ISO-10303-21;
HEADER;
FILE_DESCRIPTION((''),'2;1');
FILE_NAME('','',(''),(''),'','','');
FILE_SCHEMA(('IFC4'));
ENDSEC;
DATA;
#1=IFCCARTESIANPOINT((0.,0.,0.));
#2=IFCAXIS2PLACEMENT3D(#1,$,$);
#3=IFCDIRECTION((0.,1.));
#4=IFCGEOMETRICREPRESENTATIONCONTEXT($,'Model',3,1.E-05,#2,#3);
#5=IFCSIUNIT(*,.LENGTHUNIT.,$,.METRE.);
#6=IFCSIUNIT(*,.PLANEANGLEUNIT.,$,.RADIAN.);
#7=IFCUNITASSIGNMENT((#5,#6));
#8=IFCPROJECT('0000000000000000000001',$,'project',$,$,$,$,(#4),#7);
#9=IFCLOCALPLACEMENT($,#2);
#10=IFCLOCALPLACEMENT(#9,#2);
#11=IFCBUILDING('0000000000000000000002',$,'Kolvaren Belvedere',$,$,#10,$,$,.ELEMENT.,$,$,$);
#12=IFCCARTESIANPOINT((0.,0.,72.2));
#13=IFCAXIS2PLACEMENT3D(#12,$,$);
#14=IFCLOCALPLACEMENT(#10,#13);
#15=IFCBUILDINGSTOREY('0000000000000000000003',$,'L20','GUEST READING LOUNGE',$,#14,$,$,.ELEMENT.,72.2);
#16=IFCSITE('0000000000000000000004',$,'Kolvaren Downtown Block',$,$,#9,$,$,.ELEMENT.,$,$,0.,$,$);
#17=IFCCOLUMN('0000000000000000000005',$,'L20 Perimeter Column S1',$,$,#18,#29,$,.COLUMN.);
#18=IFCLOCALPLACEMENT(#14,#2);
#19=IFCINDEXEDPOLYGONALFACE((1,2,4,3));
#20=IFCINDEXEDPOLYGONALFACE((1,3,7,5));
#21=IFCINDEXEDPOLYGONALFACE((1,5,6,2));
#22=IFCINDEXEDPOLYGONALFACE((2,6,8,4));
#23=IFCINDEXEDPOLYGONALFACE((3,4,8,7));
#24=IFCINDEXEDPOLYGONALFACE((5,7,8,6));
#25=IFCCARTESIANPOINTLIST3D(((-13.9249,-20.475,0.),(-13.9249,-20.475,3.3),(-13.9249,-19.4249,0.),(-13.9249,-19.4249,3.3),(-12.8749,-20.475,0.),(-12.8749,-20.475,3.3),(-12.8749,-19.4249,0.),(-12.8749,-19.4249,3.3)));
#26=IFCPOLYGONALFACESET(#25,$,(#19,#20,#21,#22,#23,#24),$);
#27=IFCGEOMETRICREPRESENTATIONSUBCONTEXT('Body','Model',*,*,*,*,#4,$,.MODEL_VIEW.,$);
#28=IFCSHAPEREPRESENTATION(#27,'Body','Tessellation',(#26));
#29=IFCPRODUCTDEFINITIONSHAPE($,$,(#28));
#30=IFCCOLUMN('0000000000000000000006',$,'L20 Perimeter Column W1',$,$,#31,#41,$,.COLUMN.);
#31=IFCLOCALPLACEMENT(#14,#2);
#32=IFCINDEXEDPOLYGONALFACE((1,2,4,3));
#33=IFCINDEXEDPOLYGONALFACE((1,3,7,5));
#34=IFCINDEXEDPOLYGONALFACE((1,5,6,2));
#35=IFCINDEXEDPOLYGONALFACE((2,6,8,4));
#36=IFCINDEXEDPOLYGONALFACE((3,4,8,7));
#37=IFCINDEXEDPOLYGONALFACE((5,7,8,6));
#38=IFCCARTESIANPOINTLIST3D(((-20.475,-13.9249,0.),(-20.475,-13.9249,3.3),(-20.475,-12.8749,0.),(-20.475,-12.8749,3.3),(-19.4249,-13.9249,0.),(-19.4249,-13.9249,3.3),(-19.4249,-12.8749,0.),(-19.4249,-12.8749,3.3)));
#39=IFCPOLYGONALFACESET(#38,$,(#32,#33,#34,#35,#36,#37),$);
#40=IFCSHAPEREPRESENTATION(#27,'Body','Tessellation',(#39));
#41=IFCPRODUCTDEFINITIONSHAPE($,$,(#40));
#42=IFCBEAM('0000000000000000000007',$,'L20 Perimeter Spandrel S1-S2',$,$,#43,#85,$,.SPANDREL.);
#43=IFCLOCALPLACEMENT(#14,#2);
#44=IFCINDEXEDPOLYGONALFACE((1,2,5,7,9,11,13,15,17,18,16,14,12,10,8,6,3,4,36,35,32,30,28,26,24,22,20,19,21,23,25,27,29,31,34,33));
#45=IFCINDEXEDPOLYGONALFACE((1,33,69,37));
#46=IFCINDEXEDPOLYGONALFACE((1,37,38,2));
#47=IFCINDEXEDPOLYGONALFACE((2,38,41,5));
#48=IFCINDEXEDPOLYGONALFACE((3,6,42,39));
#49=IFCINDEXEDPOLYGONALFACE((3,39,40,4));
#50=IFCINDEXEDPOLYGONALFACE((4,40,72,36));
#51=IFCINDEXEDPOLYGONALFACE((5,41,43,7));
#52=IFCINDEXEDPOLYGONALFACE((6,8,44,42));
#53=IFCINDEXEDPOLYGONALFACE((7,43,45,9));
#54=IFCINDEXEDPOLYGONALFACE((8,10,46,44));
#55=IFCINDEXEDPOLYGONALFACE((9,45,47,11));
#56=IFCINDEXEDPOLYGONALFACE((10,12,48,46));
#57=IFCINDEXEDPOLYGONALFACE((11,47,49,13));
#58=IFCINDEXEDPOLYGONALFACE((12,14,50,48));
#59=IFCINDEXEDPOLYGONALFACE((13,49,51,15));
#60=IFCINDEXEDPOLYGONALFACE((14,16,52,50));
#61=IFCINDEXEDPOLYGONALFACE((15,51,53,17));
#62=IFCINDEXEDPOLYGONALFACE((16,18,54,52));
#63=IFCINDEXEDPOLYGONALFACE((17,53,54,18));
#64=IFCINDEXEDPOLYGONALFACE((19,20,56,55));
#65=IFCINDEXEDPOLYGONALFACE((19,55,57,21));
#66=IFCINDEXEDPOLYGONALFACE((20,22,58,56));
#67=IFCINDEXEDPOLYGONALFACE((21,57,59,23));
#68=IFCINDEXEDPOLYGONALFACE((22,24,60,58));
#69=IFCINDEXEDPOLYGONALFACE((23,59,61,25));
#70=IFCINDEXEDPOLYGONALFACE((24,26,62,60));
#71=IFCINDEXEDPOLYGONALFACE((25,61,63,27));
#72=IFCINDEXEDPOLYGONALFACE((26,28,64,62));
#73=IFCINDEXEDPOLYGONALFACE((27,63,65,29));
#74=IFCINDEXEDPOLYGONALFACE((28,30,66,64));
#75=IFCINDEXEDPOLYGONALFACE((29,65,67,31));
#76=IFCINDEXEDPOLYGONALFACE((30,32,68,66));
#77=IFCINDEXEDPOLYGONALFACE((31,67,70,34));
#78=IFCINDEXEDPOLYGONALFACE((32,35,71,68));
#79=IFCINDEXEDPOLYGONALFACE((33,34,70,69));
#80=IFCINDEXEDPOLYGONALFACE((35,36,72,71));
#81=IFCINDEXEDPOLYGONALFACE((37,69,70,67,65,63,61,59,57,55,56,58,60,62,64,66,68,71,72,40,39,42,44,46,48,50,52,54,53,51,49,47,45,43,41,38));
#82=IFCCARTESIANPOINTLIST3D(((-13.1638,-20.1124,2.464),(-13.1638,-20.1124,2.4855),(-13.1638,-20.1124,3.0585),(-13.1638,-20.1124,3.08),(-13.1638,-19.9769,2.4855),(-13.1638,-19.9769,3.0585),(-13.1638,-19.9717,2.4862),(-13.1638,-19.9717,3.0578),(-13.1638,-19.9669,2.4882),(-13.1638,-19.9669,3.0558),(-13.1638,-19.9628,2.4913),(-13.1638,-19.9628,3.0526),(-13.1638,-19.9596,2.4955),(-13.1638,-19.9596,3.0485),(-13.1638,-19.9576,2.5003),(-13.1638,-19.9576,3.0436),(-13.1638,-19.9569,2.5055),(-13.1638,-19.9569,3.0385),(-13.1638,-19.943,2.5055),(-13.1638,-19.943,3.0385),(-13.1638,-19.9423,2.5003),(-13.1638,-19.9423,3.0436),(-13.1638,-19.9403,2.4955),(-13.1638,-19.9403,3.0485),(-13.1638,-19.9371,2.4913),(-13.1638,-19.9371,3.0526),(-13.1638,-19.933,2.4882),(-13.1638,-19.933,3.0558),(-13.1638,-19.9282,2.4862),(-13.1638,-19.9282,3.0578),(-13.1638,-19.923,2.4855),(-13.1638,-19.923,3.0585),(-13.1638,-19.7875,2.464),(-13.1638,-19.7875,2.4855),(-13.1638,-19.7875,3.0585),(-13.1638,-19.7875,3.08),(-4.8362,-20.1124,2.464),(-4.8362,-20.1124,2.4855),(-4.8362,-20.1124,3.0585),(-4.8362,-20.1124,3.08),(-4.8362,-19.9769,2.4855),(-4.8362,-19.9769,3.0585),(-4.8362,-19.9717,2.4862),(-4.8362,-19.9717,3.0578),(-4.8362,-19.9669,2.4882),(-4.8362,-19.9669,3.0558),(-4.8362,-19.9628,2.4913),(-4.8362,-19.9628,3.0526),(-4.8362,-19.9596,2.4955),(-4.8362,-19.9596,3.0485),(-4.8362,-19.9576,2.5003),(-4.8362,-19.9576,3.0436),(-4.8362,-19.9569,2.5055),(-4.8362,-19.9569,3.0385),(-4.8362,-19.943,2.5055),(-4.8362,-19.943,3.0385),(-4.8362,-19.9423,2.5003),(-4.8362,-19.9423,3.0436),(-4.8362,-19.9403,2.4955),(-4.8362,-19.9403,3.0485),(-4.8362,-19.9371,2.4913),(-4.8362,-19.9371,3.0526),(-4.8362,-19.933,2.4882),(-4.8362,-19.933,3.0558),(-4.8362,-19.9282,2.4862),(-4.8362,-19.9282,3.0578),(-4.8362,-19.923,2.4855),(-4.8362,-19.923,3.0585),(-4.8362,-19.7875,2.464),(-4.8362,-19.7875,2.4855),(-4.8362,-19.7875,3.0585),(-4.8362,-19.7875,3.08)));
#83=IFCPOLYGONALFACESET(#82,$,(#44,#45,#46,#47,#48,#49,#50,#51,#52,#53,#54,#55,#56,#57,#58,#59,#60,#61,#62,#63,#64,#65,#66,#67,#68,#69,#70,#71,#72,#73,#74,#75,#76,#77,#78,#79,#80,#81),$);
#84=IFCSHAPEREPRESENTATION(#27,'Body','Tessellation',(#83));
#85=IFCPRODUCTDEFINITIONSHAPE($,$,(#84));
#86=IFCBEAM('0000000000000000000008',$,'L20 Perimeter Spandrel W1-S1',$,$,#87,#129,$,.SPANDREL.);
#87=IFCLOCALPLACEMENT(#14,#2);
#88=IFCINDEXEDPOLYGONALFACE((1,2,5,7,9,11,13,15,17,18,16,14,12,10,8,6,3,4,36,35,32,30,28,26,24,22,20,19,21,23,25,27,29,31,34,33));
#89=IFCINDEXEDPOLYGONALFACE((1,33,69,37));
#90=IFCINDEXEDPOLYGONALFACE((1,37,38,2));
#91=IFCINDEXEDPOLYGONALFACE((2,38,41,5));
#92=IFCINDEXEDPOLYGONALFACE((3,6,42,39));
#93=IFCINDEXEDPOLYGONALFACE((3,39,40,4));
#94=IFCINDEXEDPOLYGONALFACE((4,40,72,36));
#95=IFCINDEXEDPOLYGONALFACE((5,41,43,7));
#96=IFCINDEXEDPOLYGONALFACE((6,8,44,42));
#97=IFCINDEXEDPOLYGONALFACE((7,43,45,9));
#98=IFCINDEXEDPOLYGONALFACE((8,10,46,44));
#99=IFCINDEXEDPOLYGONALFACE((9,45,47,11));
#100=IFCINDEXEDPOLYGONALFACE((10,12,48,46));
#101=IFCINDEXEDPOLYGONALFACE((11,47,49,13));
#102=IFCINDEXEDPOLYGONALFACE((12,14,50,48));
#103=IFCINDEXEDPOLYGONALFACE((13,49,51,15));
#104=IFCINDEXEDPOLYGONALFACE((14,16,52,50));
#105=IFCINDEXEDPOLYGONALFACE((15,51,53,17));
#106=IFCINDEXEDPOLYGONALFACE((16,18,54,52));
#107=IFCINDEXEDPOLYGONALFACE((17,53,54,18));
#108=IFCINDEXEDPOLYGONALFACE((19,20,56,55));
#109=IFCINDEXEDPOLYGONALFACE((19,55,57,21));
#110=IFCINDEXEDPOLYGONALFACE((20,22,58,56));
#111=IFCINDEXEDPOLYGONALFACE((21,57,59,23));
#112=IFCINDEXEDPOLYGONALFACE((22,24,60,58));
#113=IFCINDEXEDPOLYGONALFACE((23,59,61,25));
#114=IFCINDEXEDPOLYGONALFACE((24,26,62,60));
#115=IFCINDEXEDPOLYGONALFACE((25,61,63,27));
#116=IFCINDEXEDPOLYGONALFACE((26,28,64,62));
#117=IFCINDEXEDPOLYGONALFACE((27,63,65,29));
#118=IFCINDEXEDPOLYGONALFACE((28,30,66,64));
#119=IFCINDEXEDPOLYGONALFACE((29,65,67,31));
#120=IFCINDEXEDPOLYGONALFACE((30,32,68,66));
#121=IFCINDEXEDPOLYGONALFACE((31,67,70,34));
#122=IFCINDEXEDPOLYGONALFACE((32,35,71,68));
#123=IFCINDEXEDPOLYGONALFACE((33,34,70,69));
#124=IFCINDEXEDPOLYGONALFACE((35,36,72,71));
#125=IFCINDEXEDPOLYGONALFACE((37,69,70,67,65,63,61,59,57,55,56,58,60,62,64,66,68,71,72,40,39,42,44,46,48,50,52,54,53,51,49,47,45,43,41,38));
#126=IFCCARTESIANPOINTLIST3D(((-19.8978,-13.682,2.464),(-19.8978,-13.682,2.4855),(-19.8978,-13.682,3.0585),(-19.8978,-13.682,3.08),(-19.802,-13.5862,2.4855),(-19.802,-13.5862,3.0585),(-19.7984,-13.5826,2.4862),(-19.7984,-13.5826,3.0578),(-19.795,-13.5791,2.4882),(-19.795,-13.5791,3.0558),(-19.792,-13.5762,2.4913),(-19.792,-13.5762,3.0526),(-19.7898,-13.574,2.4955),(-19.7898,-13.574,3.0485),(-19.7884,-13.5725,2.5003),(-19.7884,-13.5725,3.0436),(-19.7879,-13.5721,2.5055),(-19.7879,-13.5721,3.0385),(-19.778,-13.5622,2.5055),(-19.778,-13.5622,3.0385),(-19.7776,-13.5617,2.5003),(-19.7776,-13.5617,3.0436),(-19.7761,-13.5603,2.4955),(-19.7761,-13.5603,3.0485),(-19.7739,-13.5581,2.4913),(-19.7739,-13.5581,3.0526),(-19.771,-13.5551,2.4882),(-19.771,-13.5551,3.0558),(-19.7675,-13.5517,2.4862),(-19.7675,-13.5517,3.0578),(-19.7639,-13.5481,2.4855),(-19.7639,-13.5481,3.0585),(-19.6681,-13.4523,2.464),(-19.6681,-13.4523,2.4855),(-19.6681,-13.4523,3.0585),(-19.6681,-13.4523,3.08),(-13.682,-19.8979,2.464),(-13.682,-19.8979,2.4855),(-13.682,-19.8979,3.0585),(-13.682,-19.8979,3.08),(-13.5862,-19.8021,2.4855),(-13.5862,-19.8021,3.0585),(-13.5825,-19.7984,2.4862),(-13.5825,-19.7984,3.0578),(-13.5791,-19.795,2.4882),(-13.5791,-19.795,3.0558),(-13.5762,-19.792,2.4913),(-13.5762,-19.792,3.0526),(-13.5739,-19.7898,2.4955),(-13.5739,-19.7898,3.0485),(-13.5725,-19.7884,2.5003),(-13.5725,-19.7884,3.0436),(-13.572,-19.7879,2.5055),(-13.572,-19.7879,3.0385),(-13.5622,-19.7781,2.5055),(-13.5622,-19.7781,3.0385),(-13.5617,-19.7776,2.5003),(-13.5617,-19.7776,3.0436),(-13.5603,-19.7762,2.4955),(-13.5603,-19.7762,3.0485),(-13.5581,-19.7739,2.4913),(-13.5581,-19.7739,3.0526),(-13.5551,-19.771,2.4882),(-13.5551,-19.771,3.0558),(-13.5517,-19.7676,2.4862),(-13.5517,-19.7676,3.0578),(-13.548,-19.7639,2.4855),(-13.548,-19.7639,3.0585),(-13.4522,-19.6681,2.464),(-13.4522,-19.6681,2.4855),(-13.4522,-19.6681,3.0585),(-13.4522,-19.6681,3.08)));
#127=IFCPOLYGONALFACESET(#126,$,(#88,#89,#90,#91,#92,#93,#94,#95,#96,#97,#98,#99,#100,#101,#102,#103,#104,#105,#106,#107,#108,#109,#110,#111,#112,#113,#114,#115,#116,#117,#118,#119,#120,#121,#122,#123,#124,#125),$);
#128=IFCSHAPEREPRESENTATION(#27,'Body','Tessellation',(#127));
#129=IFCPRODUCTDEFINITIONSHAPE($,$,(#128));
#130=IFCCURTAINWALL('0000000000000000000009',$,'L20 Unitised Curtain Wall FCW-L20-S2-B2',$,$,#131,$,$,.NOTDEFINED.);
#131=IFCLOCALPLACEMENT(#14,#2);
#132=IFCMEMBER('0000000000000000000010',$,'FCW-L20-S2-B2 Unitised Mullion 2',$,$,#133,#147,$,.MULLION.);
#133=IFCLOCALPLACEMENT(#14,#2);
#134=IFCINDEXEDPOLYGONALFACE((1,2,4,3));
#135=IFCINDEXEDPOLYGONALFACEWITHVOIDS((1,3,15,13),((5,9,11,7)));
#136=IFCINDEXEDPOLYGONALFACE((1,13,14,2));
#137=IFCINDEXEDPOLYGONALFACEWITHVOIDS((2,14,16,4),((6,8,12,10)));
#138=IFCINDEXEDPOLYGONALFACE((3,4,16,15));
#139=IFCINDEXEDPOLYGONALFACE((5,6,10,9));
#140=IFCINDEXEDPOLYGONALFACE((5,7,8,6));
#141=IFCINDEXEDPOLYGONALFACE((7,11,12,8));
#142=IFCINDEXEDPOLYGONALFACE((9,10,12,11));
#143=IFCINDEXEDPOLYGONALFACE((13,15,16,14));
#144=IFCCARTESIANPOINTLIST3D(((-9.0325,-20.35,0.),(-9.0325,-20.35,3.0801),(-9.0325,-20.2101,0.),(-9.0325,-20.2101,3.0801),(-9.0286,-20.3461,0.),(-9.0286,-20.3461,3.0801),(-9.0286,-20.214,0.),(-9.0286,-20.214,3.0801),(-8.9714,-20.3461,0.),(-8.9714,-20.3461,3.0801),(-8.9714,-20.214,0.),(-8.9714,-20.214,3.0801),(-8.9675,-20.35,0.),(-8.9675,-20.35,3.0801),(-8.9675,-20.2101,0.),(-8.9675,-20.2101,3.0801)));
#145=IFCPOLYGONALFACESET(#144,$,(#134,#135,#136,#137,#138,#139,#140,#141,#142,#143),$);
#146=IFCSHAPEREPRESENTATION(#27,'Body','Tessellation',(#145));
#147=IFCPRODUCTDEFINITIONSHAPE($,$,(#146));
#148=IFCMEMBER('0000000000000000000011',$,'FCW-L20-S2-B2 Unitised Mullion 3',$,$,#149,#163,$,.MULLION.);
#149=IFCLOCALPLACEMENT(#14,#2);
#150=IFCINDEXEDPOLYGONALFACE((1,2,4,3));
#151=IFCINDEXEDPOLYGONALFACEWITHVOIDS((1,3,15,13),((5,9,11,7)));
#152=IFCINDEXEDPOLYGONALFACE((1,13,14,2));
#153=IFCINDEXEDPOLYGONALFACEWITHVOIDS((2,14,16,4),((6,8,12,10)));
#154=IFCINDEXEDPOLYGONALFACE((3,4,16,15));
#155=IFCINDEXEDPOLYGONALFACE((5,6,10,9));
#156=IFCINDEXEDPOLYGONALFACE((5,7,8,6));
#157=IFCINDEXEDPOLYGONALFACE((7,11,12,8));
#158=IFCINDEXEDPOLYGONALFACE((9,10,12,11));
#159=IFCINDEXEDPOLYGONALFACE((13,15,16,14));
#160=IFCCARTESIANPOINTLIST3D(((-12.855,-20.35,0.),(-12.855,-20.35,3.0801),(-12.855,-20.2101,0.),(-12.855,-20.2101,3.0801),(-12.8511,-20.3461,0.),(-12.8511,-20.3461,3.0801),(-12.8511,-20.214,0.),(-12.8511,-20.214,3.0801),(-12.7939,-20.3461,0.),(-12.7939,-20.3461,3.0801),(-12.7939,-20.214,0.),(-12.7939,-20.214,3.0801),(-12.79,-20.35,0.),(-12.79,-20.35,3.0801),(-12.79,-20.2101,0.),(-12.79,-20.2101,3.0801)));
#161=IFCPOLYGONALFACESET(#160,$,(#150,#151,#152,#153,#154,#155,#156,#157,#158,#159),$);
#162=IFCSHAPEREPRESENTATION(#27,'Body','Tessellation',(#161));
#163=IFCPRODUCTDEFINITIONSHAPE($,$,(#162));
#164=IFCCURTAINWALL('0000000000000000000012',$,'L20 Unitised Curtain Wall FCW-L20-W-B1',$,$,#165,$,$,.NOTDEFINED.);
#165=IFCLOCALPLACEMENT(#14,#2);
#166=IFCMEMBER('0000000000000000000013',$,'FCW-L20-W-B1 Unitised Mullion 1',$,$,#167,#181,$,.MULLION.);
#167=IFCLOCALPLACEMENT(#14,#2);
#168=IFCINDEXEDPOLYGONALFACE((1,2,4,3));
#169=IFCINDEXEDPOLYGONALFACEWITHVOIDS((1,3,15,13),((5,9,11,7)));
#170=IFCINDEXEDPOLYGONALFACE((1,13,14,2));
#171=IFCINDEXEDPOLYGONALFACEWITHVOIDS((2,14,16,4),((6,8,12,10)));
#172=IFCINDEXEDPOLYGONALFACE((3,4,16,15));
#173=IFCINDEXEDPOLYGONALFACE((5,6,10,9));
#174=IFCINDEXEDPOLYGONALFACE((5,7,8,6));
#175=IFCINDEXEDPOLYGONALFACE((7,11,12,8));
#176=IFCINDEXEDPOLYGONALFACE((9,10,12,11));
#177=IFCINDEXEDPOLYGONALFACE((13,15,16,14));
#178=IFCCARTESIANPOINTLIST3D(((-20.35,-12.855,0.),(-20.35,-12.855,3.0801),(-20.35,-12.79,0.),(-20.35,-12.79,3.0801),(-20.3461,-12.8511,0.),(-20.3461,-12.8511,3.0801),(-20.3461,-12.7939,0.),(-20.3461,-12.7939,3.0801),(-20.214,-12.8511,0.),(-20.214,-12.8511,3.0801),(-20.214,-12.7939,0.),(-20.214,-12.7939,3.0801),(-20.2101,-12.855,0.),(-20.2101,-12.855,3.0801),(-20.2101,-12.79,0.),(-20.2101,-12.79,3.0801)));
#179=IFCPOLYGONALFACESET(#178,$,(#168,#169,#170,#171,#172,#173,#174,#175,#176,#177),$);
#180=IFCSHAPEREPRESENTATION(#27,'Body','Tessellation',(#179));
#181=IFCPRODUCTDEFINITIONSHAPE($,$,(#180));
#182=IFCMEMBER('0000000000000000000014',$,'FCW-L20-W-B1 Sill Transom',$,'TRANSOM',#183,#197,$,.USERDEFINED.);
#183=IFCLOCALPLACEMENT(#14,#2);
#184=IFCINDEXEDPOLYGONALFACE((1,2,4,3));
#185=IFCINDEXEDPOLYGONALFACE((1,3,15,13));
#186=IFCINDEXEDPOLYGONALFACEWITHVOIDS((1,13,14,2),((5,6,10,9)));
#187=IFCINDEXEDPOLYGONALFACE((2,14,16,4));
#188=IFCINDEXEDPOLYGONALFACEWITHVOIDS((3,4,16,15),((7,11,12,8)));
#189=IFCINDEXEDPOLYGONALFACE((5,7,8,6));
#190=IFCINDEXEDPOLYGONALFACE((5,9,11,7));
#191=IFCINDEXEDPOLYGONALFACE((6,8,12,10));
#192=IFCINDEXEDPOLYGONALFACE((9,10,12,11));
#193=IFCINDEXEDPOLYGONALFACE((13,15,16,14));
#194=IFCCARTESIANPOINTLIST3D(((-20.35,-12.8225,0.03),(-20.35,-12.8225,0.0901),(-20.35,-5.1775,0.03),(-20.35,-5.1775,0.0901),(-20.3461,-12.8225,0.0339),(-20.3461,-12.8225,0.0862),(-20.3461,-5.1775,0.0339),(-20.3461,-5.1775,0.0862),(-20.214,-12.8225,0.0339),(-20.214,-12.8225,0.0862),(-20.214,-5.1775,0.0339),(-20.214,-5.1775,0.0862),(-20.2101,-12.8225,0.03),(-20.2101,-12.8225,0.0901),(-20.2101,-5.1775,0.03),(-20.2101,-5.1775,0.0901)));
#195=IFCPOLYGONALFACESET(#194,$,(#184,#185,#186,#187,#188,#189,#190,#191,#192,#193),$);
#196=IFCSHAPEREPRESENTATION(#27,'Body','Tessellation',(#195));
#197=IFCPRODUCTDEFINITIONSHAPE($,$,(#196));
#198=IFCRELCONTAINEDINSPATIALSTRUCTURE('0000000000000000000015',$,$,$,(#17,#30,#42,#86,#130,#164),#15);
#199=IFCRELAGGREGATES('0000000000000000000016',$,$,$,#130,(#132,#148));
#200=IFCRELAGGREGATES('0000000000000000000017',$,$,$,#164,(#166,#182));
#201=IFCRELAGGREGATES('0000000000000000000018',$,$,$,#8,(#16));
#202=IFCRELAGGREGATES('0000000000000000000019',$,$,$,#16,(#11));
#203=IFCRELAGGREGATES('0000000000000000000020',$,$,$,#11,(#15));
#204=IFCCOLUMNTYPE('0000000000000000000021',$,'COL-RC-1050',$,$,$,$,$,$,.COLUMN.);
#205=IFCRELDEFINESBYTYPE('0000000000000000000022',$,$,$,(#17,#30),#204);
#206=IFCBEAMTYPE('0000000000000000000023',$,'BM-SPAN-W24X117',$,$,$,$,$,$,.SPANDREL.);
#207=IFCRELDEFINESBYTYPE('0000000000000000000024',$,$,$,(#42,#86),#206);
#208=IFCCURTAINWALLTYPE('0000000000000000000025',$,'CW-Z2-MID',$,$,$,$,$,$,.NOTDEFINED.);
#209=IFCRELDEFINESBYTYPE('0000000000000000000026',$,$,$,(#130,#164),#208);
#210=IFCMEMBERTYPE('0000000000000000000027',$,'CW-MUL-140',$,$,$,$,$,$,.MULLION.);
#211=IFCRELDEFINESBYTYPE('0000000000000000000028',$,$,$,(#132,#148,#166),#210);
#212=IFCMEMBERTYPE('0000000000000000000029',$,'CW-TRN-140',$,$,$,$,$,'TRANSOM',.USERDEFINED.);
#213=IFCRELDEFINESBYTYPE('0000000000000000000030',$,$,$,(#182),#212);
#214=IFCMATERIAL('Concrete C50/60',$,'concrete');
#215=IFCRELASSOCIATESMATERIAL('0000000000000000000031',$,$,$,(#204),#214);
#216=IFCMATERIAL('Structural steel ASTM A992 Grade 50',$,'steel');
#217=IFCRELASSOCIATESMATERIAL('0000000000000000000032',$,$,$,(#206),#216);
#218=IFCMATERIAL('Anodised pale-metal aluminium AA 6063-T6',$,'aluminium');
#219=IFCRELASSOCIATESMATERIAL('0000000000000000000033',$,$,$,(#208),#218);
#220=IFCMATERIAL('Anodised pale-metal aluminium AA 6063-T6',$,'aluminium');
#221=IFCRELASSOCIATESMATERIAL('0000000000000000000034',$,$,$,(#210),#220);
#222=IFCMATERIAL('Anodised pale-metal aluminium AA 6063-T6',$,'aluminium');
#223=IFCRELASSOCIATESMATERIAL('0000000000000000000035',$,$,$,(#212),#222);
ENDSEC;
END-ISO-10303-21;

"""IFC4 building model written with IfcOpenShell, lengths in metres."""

from ifc_helpers import new_model, si_unit, direction, frame, origin, origin_2d, place, context, subcontext, project, spatial, rectangle, hollow_rectangle, i_section, extrude, material, material_profile, profile_set, type_object, element, aggregate, save


model = new_model("IFC4")

# Units and contexts
model_context = context("Model", 3, precision=1e-05, world=origin(), true_north=direction((0.0, 1.0)))
body_context = subcontext(model_context, "Body", "Model", "MODEL_VIEW")
ifc_project = project(units=[si_unit("LENGTHUNIT", "METRE"), si_unit("PLANEANGLEUNIT", "RADIAN")], contexts=[model_context])

# Site, building, storey
site_placement = place(None, origin())
site = spatial("IfcSite", under=ifc_project, at=site_placement, Name="Kolvaren Downtown Block", CompositionType="ELEMENT", RefElevation=0.0)
building_placement = place(site_placement, origin())
building = spatial("IfcBuilding", under=site, at=building_placement, Name="Kolvaren Belvedere", CompositionType="ELEMENT")
storey_placement = place(building_placement, frame((0.0, 0.0, 72.2)))
storey = spatial("IfcBuildingStorey", under=building, at=storey_placement, Name="L20", Description="GUEST READING LOUNGE", CompositionType="ELEMENT", Elevation=72.2)

# Columns
ifc_material_1 = material(Name="Concrete C50/60", Category="concrete")
ifc_material_profile_1 = material_profile(ifc_material_1, rectangle(XDim=1.05, YDim=1.05, at=origin_2d()), Name="RC 1050X1050")
ifc_profile_set_1 = profile_set([ifc_material_profile_1], Name="Concrete C50/60")
column_type = type_object("IfcColumnType", Name="COL-RC-1050", PredefinedType="COLUMN", material=ifc_profile_set_1)
for number, where, z_axis, x_axis, name in (
    (1, (-13.3999, -19.95, 0.0), (0.0, 0.0, 1.0), (1.0, 0.0, 0.0), "L20 Perimeter Column S1"),
    (2, (-19.95, -13.3999, 0.0), (0.0, 0.0, 1.0), (1.0, 0.0, 0.0), "L20 Perimeter Column W1"),
):
    element("IfcColumn", number, at=place(storey_placement, frame(where, z_axis=z_axis, x_axis=x_axis)), inside=storey, type_object=column_type, Name=name, PredefinedType="COLUMN", context=body_context, shape_type="SweptSolid", body=[
        extrude(rectangle(XDim=1.05, YDim=1.05, at=origin_2d()), origin(), (0.0, 0.0, 1.0), 3.3),
    ])

# Beams
ifc_material_2 = material(Name="Structural steel ASTM A992 Grade 50", Category="steel")
ifc_material_profile_2 = material_profile(ifc_material_2, i_section(OverallWidth=0.325, OverallDepth=0.616, WebThickness=0.0139, FlangeThickness=0.0215, FilletRadius=0.02, at=origin_2d()), Name="W24X117")
ifc_profile_set_2 = profile_set([ifc_material_profile_2], Name="Structural steel ASTM A992 Grade 50")
beam_type = type_object("IfcBeamType", Name="BM-SPAN-W24X117", PredefinedType="SPANDREL", material=ifc_profile_set_2)
beam_1_placement = place(storey_placement, frame((-13.1638, -19.95, 2.772), z_axis=(1.0, 0.0, 0.0), x_axis=(0.0, 1.0, 0.0)))
element("IfcBeam", 3, at=beam_1_placement, inside=storey, type_object=beam_type, Name="L20 Perimeter Spandrel S1-S2", PredefinedType="SPANDREL", context=body_context, shape_type="SweptSolid", body=[
    extrude(i_section(OverallWidth=0.325, OverallDepth=0.616, WebThickness=0.0139, FlangeThickness=0.0215, FilletRadius=0.02, at=origin_2d()), origin(), (0.0, 0.0, 1.0), 8.3276),
])
beam_2_placement = place(storey_placement, frame((-19.783, -13.5671, 2.772), z_axis=(0.707107, -0.707107, 0.0), x_axis=(0.707107, 0.707107, 0.0)))
element("IfcBeam", 4, at=beam_2_placement, inside=storey, type_object=beam_type, Name="L20 Perimeter Spandrel W1-S1", PredefinedType="SPANDREL", context=body_context, shape_type="SweptSolid", body=[
    extrude(i_section(OverallWidth=0.325, OverallDepth=0.616, WebThickness=0.0139, FlangeThickness=0.0215, FilletRadius=0.02, at=origin_2d()), origin(), (0.0, 0.0, 1.0), 8.7905),
])

# Curtain walls, members
ifc_material_3 = material(Name="Anodised pale-metal aluminium AA 6063-T6", Category="aluminium")
curtain_wall_type = type_object("IfcCurtainWallType", Name="CW-Z2-MID", PredefinedType="NOTDEFINED", material=ifc_material_3)
curtain_wall_1_placement = place(storey_placement, origin())
curtain_wall_1 = element("IfcCurtainWall", 5, at=curtain_wall_1_placement, inside=storey, type_object=curtain_wall_type, Name="L20 Unitised Curtain Wall FCW-L20-S2-B2", PredefinedType="NOTDEFINED")
ifc_material_4 = material(Name="Anodised pale-metal aluminium AA 6063-T6", Category="aluminium")
ifc_material_profile_3 = material_profile(ifc_material_4, hollow_rectangle(XDim=0.0649, YDim=0.1399, WallThickness=0.0039, at=origin_2d()), Name="ALU-MUL-140X65")
ifc_profile_set_3 = profile_set([ifc_material_profile_3], Name="Anodised pale-metal aluminium AA 6063-T6")
member_type_1 = type_object("IfcMemberType", Name="CW-MUL-140", PredefinedType="MULLION", material=ifc_profile_set_3)
member_1_placement = place(storey_placement, frame((-9.0, -20.28, 0.0), z_axis=(0.0, 0.0, 1.0), x_axis=(1.0, 0.0, 0.0)))
member_1 = element("IfcMember", 6, at=member_1_placement, type_object=member_type_1, Name="FCW-L20-S2-B2 Unitised Mullion 2", PredefinedType="MULLION", context=body_context, shape_type="SweptSolid", body=[
    extrude(hollow_rectangle(XDim=0.0649, YDim=0.1399, WallThickness=0.0039, at=origin_2d()), origin(), (0.0, 0.0, 1.0), 3.0801),
])
member_2_placement = place(storey_placement, frame((-12.8225, -20.28, 0.0), z_axis=(0.0, 0.0, 1.0), x_axis=(1.0, 0.0, 0.0)))
member_2 = element("IfcMember", 7, at=member_2_placement, type_object=member_type_1, Name="FCW-L20-S2-B2 Unitised Mullion 3", PredefinedType="MULLION", context=body_context, shape_type="SweptSolid", body=[
    extrude(hollow_rectangle(XDim=0.0649, YDim=0.1399, WallThickness=0.0039, at=origin_2d()), origin(), (0.0, 0.0, 1.0), 3.0801),
])
curtain_wall_2_placement = place(storey_placement, origin())
curtain_wall_2 = element("IfcCurtainWall", 8, at=curtain_wall_2_placement, inside=storey, type_object=curtain_wall_type, Name="L20 Unitised Curtain Wall FCW-L20-W-B1", PredefinedType="NOTDEFINED")
member_3_placement = place(storey_placement, frame((-20.28, -12.8225, 0.0), z_axis=(0.0, 0.0, 1.0), x_axis=(0.0, 1.0, 0.0)))
member_3 = element("IfcMember", 9, at=member_3_placement, type_object=member_type_1, Name="FCW-L20-W-B1 Unitised Mullion 1", PredefinedType="MULLION", context=body_context, shape_type="SweptSolid", body=[
    extrude(hollow_rectangle(XDim=0.0649, YDim=0.1399, WallThickness=0.0039, at=origin_2d()), origin(), (0.0, 0.0, 1.0), 3.0801),
])
ifc_material_5 = material(Name="Anodised pale-metal aluminium AA 6063-T6", Category="aluminium")
ifc_material_profile_4 = material_profile(ifc_material_5, hollow_rectangle(XDim=0.0601, YDim=0.1399, WallThickness=0.0039, at=origin_2d()), Name="ALU-TRN-140X60")
ifc_profile_set_4 = profile_set([ifc_material_profile_4], Name="Anodised pale-metal aluminium AA 6063-T6")
member_type_2 = type_object("IfcMemberType", Name="CW-TRN-140", ElementType="TRANSOM", PredefinedType="USERDEFINED", material=ifc_profile_set_4)
member_4_placement = place(storey_placement, frame((-20.28, -12.8225, 0.0601), z_axis=(0.0, 1.0, 0.0), x_axis=(0.0, 0.0, 1.0)))
member_4 = element("IfcMember", 10, at=member_4_placement, type_object=member_type_2, Name="FCW-L20-W-B1 Sill Transom", ObjectType="TRANSOM", PredefinedType="USERDEFINED", context=body_context, shape_type="SweptSolid", body=[
    extrude(hollow_rectangle(XDim=0.0601, YDim=0.1399, WallThickness=0.0039, at=origin_2d()), origin(), (0.0, 0.0, 1.0), 7.645),
])

aggregate(curtain_wall_1, [member_1, member_2])
aggregate(curtain_wall_2, [member_3, member_4])

save(model, "model.ifc")
